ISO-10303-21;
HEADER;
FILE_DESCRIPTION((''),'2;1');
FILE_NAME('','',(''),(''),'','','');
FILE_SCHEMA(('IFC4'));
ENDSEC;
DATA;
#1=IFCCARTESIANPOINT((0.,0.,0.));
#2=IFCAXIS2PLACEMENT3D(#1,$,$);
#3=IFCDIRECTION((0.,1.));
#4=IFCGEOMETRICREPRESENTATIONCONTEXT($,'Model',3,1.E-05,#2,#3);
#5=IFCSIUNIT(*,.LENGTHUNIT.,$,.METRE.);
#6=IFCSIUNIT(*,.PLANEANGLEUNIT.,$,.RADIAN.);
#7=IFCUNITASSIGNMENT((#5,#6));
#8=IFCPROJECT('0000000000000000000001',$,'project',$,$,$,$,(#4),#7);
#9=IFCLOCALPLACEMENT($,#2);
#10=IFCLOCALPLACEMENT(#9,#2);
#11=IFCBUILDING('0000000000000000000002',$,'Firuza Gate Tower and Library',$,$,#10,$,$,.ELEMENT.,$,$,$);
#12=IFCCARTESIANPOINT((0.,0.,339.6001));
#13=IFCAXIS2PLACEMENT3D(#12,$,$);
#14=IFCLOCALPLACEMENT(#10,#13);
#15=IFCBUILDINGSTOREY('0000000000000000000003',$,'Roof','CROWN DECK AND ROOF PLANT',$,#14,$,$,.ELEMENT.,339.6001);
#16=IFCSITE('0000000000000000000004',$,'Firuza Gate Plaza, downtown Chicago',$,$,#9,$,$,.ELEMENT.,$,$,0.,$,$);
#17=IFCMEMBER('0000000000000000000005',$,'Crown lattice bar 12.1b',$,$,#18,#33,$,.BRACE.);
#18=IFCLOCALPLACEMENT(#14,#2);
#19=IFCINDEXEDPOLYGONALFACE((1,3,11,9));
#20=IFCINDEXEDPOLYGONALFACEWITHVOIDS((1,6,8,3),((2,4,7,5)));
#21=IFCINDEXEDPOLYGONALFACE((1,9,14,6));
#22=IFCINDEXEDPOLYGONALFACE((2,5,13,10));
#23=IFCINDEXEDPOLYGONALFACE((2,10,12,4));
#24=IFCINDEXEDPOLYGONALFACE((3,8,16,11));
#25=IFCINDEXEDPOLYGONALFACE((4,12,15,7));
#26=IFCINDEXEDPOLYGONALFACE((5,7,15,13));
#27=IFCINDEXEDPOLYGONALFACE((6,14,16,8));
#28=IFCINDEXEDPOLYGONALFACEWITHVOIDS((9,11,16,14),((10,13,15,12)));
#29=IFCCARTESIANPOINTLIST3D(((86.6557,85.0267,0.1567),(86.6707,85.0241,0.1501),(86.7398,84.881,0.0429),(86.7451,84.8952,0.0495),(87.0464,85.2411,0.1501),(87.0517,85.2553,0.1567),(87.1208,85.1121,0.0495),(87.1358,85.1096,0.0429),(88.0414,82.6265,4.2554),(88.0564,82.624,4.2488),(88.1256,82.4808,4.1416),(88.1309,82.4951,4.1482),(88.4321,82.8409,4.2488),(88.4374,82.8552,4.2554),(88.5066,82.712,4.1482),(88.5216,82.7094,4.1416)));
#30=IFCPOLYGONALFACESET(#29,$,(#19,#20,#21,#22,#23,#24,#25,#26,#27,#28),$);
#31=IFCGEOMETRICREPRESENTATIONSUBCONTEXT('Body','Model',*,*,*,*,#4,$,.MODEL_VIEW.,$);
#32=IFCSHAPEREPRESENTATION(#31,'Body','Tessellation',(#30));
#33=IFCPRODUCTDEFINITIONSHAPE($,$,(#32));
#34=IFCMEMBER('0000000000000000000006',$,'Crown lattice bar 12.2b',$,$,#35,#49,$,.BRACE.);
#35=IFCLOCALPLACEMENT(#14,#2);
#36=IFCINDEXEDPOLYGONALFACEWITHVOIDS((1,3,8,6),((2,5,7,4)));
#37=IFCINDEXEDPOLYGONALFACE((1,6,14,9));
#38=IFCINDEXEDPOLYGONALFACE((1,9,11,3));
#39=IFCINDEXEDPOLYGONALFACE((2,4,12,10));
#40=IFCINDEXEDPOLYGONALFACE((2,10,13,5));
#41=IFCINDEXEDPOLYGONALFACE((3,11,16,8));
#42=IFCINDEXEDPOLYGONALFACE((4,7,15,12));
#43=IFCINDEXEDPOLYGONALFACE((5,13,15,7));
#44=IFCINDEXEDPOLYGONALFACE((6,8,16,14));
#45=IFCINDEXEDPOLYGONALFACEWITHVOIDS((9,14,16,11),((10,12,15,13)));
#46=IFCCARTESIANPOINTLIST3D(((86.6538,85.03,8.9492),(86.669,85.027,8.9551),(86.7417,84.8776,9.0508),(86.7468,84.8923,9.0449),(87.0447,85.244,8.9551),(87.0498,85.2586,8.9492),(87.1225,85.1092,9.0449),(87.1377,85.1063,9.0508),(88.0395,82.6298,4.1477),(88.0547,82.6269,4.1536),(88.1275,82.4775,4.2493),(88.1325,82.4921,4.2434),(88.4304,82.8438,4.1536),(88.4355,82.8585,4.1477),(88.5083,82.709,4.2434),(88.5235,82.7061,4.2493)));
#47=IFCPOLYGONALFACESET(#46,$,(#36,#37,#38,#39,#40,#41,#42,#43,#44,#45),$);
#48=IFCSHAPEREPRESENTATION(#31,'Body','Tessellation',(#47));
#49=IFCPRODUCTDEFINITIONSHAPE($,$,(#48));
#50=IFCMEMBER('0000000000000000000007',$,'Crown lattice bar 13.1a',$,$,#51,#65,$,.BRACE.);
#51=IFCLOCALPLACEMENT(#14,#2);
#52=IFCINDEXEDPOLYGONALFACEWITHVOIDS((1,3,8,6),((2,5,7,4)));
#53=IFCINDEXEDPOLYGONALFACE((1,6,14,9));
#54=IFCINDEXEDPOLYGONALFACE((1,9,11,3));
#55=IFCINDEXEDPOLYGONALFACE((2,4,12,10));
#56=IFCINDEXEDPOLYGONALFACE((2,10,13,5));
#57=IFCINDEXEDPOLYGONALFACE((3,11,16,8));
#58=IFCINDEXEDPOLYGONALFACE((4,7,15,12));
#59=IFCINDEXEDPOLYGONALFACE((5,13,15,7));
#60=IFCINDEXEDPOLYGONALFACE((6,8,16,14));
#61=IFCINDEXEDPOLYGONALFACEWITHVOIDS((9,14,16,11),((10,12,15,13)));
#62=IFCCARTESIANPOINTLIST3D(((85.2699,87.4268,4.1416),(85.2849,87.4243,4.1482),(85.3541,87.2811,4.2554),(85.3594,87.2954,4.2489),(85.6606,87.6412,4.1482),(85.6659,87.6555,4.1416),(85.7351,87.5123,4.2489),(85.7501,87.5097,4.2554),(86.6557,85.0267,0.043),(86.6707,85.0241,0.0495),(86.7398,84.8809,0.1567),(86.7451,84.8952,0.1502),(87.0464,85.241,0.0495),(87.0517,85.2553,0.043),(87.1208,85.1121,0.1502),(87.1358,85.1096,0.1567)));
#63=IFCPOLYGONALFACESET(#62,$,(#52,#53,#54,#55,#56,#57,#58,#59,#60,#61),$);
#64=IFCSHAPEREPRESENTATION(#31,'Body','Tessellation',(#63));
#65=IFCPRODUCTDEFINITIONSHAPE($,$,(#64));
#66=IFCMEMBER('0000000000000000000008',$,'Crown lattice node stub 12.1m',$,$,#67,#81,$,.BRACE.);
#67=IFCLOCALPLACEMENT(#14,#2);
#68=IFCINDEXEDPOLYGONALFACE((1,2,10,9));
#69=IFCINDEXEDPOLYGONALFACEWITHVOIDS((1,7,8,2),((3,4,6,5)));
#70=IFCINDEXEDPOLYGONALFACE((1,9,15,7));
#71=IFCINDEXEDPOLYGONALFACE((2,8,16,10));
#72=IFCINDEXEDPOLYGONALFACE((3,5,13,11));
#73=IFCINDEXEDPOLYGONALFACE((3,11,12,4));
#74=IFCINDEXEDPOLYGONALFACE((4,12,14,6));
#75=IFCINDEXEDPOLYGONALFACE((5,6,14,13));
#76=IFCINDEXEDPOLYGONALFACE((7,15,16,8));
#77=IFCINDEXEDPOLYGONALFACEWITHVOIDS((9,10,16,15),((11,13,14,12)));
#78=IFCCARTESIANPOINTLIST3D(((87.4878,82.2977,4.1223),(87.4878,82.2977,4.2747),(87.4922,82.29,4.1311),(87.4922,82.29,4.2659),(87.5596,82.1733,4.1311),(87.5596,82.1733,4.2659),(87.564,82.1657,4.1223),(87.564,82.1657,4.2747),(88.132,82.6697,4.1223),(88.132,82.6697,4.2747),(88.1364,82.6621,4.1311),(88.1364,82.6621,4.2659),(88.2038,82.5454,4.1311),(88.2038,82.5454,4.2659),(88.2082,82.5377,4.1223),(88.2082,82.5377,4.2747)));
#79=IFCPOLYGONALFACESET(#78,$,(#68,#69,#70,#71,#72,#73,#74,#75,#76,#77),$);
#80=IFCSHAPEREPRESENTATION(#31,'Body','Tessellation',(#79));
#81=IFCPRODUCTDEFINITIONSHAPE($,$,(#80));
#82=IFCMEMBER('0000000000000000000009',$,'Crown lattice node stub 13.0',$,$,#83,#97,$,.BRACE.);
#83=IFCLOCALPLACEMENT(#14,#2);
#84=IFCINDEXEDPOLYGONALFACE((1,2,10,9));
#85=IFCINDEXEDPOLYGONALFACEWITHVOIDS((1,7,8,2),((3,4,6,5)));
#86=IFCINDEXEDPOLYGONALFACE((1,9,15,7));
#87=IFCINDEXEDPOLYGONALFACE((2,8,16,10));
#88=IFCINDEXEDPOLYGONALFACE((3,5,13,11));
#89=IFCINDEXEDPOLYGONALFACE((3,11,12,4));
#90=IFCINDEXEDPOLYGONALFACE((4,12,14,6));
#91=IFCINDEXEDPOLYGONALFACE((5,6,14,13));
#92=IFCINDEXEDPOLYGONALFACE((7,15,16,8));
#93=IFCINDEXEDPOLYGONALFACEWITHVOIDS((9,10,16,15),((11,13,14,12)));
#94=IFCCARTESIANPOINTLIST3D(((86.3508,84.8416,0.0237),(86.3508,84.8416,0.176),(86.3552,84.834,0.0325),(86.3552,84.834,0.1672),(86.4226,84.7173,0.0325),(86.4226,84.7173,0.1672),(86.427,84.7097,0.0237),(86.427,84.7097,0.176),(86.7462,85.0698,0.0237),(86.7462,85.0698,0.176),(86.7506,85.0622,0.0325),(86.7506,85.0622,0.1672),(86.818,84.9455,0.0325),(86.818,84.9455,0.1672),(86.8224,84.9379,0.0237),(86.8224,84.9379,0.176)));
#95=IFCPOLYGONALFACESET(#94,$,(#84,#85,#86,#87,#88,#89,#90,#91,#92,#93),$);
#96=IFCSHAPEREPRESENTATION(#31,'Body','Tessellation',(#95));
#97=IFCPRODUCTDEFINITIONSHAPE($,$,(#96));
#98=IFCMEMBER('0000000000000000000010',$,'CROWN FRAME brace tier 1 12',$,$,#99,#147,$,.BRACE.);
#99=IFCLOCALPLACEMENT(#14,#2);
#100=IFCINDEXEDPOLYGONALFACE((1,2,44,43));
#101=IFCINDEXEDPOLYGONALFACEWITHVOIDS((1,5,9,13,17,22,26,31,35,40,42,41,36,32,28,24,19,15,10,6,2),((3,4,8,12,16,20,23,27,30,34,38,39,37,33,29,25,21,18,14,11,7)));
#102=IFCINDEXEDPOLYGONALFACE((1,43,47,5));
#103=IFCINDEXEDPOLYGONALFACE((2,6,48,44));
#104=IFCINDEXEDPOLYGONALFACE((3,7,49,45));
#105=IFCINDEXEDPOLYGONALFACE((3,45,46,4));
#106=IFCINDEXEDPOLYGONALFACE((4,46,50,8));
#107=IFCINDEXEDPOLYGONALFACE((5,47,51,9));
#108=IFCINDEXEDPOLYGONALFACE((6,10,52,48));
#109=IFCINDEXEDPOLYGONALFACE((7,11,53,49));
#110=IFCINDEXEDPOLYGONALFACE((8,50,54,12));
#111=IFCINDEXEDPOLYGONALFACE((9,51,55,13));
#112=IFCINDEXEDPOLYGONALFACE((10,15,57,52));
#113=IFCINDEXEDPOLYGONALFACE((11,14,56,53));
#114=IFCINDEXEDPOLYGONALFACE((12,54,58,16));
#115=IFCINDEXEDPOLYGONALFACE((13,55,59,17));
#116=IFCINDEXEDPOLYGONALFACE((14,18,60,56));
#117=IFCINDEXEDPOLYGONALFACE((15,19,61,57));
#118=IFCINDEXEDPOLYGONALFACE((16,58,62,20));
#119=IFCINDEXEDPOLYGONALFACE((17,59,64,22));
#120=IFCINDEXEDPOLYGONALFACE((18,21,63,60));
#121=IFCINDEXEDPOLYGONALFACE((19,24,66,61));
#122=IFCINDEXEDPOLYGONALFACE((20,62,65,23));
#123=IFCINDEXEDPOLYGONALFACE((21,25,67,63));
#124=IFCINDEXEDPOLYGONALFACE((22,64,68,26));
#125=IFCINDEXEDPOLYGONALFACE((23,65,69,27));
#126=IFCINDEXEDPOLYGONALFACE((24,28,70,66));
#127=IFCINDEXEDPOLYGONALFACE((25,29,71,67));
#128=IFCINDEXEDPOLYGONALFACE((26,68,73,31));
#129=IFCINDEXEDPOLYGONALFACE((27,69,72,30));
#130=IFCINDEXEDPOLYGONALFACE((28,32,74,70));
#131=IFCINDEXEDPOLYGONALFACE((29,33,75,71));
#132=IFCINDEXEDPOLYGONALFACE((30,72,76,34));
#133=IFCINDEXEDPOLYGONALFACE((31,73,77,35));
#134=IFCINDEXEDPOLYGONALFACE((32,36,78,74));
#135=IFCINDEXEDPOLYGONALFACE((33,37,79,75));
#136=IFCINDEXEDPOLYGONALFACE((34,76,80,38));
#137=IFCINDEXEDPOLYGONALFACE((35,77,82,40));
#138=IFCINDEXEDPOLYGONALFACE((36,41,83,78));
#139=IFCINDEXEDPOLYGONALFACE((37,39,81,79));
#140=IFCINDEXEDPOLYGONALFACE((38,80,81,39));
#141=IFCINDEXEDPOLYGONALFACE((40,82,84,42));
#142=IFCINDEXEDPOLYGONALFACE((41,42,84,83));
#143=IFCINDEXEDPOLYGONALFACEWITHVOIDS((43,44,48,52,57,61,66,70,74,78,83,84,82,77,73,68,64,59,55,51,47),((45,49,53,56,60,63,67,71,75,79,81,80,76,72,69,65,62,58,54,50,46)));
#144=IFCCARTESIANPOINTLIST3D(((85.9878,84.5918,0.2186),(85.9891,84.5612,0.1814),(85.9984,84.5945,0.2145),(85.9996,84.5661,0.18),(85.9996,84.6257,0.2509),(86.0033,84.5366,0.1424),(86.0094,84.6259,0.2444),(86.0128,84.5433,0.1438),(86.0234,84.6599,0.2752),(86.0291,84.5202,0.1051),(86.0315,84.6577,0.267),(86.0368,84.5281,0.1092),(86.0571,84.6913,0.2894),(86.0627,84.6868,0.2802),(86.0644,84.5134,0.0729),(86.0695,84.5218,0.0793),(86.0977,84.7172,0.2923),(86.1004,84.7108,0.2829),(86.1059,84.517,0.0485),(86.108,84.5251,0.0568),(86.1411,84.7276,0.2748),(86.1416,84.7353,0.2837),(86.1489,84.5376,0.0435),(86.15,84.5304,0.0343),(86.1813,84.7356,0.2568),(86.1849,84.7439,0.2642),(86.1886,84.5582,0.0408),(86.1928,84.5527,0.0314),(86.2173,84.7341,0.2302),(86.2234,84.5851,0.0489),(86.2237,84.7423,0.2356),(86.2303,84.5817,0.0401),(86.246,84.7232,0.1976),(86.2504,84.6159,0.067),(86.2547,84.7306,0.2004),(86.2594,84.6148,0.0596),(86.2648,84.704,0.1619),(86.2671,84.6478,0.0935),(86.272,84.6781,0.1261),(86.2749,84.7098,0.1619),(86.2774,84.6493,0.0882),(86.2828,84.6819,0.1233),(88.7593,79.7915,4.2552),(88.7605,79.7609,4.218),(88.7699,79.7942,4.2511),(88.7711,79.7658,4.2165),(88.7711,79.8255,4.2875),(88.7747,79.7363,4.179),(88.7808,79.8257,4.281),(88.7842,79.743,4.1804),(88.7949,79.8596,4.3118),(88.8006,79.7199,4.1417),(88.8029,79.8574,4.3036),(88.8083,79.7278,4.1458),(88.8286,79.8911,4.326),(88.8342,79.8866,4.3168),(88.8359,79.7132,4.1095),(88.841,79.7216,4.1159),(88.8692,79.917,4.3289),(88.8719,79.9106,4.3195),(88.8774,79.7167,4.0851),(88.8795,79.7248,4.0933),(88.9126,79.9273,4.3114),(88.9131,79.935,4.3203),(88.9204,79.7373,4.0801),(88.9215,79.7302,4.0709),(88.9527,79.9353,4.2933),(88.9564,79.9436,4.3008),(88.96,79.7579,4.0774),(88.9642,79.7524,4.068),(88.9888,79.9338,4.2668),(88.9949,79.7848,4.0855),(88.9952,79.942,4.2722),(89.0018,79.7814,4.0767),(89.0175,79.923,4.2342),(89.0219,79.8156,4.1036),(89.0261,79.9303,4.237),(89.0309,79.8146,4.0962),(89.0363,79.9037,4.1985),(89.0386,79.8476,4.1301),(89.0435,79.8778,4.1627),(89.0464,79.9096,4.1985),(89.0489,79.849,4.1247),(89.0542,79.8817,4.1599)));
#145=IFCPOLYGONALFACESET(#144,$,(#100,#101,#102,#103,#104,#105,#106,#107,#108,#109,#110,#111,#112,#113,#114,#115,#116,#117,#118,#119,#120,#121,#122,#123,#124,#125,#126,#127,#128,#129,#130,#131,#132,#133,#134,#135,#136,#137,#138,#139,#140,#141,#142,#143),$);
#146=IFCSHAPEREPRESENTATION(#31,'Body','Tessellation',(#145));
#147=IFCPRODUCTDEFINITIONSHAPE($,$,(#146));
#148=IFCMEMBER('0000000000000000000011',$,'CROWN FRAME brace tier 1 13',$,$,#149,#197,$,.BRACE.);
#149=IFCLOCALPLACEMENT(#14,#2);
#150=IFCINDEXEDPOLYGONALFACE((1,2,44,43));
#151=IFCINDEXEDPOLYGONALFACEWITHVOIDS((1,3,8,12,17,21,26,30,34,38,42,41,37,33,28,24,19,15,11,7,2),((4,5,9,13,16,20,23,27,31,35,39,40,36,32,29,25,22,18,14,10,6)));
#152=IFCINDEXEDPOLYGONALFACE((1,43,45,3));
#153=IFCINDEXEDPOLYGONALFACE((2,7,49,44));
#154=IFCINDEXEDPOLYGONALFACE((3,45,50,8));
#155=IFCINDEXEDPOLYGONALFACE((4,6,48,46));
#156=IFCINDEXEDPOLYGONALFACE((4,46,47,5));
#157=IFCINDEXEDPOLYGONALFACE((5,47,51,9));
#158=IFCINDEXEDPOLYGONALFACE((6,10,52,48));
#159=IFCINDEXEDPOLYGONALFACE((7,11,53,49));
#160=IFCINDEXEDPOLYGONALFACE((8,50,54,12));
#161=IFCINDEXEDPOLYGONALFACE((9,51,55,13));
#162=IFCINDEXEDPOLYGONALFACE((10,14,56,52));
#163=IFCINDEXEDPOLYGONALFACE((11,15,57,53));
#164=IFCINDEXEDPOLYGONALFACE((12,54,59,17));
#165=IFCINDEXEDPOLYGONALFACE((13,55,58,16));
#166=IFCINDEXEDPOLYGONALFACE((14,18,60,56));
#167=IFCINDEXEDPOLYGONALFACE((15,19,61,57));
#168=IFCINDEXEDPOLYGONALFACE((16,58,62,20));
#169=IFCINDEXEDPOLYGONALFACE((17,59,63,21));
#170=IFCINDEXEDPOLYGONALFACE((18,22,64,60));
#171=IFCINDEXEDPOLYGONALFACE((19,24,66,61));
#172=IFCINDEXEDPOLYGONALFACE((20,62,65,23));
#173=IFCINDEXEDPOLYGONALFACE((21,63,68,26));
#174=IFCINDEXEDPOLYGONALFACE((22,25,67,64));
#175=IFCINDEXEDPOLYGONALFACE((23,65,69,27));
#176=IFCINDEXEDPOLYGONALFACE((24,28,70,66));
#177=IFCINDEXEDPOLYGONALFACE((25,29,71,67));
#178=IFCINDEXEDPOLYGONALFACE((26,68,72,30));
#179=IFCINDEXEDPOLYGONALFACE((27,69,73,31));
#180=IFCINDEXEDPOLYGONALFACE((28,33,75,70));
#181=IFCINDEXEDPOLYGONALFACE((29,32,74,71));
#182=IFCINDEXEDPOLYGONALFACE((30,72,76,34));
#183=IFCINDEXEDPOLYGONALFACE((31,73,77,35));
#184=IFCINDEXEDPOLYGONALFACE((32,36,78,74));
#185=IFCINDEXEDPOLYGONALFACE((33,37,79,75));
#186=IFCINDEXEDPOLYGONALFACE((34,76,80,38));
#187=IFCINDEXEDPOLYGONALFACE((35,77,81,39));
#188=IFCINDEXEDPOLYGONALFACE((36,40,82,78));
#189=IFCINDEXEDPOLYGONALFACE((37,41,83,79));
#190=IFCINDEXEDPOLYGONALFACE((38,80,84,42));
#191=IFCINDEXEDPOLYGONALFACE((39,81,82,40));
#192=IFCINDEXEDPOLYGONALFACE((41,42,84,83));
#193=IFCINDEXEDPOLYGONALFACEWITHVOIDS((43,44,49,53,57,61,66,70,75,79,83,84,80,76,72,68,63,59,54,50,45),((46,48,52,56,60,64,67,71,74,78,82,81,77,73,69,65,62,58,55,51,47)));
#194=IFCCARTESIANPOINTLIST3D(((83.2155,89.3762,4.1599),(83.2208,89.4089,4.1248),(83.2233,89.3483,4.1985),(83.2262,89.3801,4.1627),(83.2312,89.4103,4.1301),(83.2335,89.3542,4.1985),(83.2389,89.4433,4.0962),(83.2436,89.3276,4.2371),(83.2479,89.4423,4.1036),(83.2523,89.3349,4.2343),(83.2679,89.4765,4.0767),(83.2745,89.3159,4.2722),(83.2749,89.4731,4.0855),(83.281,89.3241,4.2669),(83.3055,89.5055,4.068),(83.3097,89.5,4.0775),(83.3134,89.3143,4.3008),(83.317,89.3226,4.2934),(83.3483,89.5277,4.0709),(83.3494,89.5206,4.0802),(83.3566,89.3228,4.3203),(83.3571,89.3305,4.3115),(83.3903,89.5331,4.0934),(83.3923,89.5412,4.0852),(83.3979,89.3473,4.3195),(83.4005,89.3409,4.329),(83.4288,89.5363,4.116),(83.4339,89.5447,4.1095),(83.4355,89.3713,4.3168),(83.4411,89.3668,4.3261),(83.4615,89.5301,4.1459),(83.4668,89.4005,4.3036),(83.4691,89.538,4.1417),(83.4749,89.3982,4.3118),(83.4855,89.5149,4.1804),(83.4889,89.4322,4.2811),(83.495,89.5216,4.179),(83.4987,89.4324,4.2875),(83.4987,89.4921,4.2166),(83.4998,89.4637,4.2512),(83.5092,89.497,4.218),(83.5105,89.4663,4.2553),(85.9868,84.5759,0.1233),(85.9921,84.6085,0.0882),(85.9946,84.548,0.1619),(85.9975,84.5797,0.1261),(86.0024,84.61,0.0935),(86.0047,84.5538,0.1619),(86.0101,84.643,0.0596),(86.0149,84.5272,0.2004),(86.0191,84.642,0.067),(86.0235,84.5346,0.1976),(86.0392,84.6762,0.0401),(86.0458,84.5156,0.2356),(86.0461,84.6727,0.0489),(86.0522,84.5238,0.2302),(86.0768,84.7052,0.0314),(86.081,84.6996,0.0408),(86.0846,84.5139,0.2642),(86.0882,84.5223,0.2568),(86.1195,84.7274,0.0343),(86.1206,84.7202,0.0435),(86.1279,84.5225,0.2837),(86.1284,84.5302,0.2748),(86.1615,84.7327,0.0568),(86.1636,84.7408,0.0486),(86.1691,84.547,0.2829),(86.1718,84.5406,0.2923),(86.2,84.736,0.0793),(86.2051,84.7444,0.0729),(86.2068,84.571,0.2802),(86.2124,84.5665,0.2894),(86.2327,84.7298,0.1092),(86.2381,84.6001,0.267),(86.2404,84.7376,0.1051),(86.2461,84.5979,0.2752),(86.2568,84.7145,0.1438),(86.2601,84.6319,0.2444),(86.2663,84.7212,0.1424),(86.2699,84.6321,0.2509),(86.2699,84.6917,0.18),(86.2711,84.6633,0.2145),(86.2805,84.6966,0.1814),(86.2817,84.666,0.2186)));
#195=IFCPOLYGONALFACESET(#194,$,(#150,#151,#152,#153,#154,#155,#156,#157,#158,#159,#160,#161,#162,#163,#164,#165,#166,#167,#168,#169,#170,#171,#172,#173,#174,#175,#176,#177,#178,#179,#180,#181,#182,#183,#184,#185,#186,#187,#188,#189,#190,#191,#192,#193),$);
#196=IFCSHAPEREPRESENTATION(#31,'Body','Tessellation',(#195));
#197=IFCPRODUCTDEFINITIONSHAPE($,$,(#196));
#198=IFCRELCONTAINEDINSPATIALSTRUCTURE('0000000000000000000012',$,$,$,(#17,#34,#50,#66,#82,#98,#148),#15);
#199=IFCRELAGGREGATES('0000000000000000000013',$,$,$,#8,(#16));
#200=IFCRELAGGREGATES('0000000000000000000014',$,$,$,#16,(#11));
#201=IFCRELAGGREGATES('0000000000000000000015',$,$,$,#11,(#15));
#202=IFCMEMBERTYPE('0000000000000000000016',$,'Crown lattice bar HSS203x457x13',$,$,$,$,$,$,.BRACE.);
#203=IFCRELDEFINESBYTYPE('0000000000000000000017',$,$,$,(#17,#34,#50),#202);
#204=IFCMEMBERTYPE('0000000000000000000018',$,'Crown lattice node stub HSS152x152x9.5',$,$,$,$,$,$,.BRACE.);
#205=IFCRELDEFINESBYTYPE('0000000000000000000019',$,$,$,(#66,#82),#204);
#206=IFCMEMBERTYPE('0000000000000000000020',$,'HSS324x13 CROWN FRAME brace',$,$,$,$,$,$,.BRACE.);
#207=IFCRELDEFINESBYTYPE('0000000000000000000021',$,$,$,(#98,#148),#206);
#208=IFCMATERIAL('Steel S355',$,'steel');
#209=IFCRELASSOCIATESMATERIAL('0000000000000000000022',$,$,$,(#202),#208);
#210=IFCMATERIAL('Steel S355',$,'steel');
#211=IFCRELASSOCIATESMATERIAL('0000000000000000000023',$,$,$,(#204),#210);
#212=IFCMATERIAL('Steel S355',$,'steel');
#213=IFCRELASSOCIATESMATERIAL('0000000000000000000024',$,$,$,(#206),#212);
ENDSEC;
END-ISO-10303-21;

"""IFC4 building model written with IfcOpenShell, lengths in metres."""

from ifc_helpers import new_model, si_unit, direction, frame, origin, origin_2d, place, context, subcontext, project, spatial, hollow_rectangle, hollow_circle, extrude, material, material_profile, profile_set, type_object, element, save


model = new_model("IFC4")

# Units and contexts
model_context = context("Model", 3, precision=1e-05, world=origin(), true_north=direction((0.0, 1.0)))
body_context = subcontext(model_context, "Body", "Model", "MODEL_VIEW")
ifc_project = project(units=[si_unit("LENGTHUNIT", "METRE"), si_unit("PLANEANGLEUNIT", "RADIAN")], contexts=[model_context])

# Site, building, storey
site_placement = place(None, origin())
site = spatial("IfcSite", under=ifc_project, at=site_placement, Name="Firuza Gate Plaza, downtown Chicago", CompositionType="ELEMENT", RefElevation=0.0)
building_placement = place(site_placement, origin())
building = spatial("IfcBuilding", under=site, at=building_placement, Name="Firuza Gate Tower and Library", CompositionType="ELEMENT")
storey_placement = place(building_placement, frame((0.0, 0.0, 339.6001)))
storey = spatial("IfcBuildingStorey", under=building, at=storey_placement, Name="Roof", Description="CROWN DECK AND ROOF PLANT", CompositionType="ELEMENT", Elevation=339.6001)

# Members
ifc_material_1 = material(Name="Steel S355", Category="steel")
ifc_material_profile_1 = material_profile(ifc_material_1, hollow_rectangle(XDim=0.4573, YDim=0.2031, WallThickness=0.0117, at=origin_2d()))
ifc_profile_set_1 = profile_set([ifc_material_profile_1], Name="Steel S355")
member_type_1 = type_object("IfcMemberType", Name="Crown lattice bar HSS203x457x13", PredefinedType="BRACE", material=ifc_profile_set_1)
member_1_placement = place(storey_placement, frame((88.2815, 82.668, 4.1985), z_axis=(-0.280078, 0.485103, -0.828391), x_axis=(-0.866023, -0.500005, 0.0)))
element("IfcMember", 1, at=member_1_placement, inside=storey, type_object=member_type_1, Name="Crown lattice bar 12.1b", PredefinedType="BRACE", context=body_context, shape_type="SweptSolid", body=[
    extrude(hollow_rectangle(XDim=0.4573, YDim=0.2031, WallThickness=0.0117, at=origin_2d()), origin(), (0.0, 0.0, 1.0), 4.9478),
])
member_2_placement = place(storey_placement, frame((88.2815, 82.668, 4.1985), z_axis=(-0.249955, 0.43293, 0.86608), x_axis=(-0.866023, -0.500005, 0.0)))
element("IfcMember", 2, at=member_2_placement, inside=storey, type_object=member_type_1, Name="Crown lattice bar 12.2b", PredefinedType="BRACE", context=body_context, shape_type="SweptSolid", body=[
    extrude(hollow_rectangle(XDim=0.4573, YDim=0.2031, WallThickness=0.0117, at=origin_2d()), origin(), (0.0, 0.0, 1.0), 5.5439),
])
member_3_placement = place(storey_placement, frame((86.8958, 85.0681, 0.0999), z_axis=(-0.280078, 0.485103, 0.828391), x_axis=(-0.866023, -0.500005, 0.0)))
element("IfcMember", 3, at=member_3_placement, inside=storey, type_object=member_type_1, Name="Crown lattice bar 13.1a", PredefinedType="BRACE", context=body_context, shape_type="SweptSolid", body=[
    extrude(hollow_rectangle(XDim=0.4573, YDim=0.2031, WallThickness=0.0117, at=origin_2d()), origin(), (0.0, 0.0, 1.0), 4.9478),
])
ifc_material_2 = material(Name="Steel S355", Category="steel")
ifc_material_profile_2 = material_profile(ifc_material_2, hollow_rectangle(XDim=0.1523, YDim=0.1523, WallThickness=0.0088, at=origin_2d()))
ifc_profile_set_2 = profile_set([ifc_material_profile_2], Name="Steel S355")
member_type_2 = type_object("IfcMemberType", Name="Crown lattice node stub HSS152x152x9.5", PredefinedType="BRACE", material=ifc_profile_set_2)
member_4_placement = place(storey_placement, frame((87.5259, 82.2317, 4.1985), z_axis=(0.865972, 0.500092, 0.0), x_axis=(-0.500092, 0.865972, 0.0)))
element("IfcMember", 4, at=member_4_placement, inside=storey, type_object=member_type_2, Name="Crown lattice node stub 12.1m", PredefinedType="BRACE", context=body_context, shape_type="SweptSolid", body=[
    extrude(hollow_rectangle(XDim=0.1523, YDim=0.1523, WallThickness=0.0088, at=origin_2d()), origin(), (0.0, 0.0, 1.0), 0.7439),
])
member_5_placement = place(storey_placement, frame((86.3889, 84.7756, 0.0999), z_axis=(0.866097, 0.499877, 0.0), x_axis=(-0.499877, 0.866097, 0.0)))
element("IfcMember", 5, at=member_5_placement, inside=storey, type_object=member_type_2, Name="Crown lattice node stub 13.0", PredefinedType="BRACE", context=body_context, shape_type="SweptSolid", body=[
    extrude(hollow_rectangle(XDim=0.1523, YDim=0.1523, WallThickness=0.0088, at=origin_2d()), origin(), (0.0, 0.0, 1.0), 0.4565),
])
ifc_material_3 = material(Name="Steel S355", Category="steel")
ifc_material_profile_3 = material_profile(ifc_material_3, hollow_circle(Radius=0.1619, WallThickness=0.0117, at=origin_2d()))
ifc_profile_set_3 = profile_set([ifc_material_profile_3], Name="Steel S355")
member_type_3 = type_object("IfcMemberType", Name="HSS324x13 CROWN FRAME brace", PredefinedType="BRACE", material=ifc_profile_set_3)
for number, where, z_axis, x_axis, name in (
    (6, (86.1348, 84.6289, 0.1619), (0.404184, -0.700059, 0.588687), (0.866023, 0.500005, 0.0), "CROWN FRAME brace tier 1 12"),
    (7, (86.1348, 84.6289, 0.1619), (-0.404154, 0.700069, 0.588696), (-0.866042, -0.499972, 0.0), "CROWN FRAME brace tier 1 13"),
):
    element("IfcMember", number, at=place(storey_placement, frame(where, z_axis=z_axis, x_axis=x_axis)), inside=storey, type_object=member_type_3, Name=name, PredefinedType="BRACE", context=body_context, shape_type="SweptSolid", body=[
        extrude(hollow_circle(Radius=0.1619, WallThickness=0.0117, at=origin_2d()), origin(), (0.0, 0.0, 1.0), 6.8569),
    ])

save(model, "model.ifc")
